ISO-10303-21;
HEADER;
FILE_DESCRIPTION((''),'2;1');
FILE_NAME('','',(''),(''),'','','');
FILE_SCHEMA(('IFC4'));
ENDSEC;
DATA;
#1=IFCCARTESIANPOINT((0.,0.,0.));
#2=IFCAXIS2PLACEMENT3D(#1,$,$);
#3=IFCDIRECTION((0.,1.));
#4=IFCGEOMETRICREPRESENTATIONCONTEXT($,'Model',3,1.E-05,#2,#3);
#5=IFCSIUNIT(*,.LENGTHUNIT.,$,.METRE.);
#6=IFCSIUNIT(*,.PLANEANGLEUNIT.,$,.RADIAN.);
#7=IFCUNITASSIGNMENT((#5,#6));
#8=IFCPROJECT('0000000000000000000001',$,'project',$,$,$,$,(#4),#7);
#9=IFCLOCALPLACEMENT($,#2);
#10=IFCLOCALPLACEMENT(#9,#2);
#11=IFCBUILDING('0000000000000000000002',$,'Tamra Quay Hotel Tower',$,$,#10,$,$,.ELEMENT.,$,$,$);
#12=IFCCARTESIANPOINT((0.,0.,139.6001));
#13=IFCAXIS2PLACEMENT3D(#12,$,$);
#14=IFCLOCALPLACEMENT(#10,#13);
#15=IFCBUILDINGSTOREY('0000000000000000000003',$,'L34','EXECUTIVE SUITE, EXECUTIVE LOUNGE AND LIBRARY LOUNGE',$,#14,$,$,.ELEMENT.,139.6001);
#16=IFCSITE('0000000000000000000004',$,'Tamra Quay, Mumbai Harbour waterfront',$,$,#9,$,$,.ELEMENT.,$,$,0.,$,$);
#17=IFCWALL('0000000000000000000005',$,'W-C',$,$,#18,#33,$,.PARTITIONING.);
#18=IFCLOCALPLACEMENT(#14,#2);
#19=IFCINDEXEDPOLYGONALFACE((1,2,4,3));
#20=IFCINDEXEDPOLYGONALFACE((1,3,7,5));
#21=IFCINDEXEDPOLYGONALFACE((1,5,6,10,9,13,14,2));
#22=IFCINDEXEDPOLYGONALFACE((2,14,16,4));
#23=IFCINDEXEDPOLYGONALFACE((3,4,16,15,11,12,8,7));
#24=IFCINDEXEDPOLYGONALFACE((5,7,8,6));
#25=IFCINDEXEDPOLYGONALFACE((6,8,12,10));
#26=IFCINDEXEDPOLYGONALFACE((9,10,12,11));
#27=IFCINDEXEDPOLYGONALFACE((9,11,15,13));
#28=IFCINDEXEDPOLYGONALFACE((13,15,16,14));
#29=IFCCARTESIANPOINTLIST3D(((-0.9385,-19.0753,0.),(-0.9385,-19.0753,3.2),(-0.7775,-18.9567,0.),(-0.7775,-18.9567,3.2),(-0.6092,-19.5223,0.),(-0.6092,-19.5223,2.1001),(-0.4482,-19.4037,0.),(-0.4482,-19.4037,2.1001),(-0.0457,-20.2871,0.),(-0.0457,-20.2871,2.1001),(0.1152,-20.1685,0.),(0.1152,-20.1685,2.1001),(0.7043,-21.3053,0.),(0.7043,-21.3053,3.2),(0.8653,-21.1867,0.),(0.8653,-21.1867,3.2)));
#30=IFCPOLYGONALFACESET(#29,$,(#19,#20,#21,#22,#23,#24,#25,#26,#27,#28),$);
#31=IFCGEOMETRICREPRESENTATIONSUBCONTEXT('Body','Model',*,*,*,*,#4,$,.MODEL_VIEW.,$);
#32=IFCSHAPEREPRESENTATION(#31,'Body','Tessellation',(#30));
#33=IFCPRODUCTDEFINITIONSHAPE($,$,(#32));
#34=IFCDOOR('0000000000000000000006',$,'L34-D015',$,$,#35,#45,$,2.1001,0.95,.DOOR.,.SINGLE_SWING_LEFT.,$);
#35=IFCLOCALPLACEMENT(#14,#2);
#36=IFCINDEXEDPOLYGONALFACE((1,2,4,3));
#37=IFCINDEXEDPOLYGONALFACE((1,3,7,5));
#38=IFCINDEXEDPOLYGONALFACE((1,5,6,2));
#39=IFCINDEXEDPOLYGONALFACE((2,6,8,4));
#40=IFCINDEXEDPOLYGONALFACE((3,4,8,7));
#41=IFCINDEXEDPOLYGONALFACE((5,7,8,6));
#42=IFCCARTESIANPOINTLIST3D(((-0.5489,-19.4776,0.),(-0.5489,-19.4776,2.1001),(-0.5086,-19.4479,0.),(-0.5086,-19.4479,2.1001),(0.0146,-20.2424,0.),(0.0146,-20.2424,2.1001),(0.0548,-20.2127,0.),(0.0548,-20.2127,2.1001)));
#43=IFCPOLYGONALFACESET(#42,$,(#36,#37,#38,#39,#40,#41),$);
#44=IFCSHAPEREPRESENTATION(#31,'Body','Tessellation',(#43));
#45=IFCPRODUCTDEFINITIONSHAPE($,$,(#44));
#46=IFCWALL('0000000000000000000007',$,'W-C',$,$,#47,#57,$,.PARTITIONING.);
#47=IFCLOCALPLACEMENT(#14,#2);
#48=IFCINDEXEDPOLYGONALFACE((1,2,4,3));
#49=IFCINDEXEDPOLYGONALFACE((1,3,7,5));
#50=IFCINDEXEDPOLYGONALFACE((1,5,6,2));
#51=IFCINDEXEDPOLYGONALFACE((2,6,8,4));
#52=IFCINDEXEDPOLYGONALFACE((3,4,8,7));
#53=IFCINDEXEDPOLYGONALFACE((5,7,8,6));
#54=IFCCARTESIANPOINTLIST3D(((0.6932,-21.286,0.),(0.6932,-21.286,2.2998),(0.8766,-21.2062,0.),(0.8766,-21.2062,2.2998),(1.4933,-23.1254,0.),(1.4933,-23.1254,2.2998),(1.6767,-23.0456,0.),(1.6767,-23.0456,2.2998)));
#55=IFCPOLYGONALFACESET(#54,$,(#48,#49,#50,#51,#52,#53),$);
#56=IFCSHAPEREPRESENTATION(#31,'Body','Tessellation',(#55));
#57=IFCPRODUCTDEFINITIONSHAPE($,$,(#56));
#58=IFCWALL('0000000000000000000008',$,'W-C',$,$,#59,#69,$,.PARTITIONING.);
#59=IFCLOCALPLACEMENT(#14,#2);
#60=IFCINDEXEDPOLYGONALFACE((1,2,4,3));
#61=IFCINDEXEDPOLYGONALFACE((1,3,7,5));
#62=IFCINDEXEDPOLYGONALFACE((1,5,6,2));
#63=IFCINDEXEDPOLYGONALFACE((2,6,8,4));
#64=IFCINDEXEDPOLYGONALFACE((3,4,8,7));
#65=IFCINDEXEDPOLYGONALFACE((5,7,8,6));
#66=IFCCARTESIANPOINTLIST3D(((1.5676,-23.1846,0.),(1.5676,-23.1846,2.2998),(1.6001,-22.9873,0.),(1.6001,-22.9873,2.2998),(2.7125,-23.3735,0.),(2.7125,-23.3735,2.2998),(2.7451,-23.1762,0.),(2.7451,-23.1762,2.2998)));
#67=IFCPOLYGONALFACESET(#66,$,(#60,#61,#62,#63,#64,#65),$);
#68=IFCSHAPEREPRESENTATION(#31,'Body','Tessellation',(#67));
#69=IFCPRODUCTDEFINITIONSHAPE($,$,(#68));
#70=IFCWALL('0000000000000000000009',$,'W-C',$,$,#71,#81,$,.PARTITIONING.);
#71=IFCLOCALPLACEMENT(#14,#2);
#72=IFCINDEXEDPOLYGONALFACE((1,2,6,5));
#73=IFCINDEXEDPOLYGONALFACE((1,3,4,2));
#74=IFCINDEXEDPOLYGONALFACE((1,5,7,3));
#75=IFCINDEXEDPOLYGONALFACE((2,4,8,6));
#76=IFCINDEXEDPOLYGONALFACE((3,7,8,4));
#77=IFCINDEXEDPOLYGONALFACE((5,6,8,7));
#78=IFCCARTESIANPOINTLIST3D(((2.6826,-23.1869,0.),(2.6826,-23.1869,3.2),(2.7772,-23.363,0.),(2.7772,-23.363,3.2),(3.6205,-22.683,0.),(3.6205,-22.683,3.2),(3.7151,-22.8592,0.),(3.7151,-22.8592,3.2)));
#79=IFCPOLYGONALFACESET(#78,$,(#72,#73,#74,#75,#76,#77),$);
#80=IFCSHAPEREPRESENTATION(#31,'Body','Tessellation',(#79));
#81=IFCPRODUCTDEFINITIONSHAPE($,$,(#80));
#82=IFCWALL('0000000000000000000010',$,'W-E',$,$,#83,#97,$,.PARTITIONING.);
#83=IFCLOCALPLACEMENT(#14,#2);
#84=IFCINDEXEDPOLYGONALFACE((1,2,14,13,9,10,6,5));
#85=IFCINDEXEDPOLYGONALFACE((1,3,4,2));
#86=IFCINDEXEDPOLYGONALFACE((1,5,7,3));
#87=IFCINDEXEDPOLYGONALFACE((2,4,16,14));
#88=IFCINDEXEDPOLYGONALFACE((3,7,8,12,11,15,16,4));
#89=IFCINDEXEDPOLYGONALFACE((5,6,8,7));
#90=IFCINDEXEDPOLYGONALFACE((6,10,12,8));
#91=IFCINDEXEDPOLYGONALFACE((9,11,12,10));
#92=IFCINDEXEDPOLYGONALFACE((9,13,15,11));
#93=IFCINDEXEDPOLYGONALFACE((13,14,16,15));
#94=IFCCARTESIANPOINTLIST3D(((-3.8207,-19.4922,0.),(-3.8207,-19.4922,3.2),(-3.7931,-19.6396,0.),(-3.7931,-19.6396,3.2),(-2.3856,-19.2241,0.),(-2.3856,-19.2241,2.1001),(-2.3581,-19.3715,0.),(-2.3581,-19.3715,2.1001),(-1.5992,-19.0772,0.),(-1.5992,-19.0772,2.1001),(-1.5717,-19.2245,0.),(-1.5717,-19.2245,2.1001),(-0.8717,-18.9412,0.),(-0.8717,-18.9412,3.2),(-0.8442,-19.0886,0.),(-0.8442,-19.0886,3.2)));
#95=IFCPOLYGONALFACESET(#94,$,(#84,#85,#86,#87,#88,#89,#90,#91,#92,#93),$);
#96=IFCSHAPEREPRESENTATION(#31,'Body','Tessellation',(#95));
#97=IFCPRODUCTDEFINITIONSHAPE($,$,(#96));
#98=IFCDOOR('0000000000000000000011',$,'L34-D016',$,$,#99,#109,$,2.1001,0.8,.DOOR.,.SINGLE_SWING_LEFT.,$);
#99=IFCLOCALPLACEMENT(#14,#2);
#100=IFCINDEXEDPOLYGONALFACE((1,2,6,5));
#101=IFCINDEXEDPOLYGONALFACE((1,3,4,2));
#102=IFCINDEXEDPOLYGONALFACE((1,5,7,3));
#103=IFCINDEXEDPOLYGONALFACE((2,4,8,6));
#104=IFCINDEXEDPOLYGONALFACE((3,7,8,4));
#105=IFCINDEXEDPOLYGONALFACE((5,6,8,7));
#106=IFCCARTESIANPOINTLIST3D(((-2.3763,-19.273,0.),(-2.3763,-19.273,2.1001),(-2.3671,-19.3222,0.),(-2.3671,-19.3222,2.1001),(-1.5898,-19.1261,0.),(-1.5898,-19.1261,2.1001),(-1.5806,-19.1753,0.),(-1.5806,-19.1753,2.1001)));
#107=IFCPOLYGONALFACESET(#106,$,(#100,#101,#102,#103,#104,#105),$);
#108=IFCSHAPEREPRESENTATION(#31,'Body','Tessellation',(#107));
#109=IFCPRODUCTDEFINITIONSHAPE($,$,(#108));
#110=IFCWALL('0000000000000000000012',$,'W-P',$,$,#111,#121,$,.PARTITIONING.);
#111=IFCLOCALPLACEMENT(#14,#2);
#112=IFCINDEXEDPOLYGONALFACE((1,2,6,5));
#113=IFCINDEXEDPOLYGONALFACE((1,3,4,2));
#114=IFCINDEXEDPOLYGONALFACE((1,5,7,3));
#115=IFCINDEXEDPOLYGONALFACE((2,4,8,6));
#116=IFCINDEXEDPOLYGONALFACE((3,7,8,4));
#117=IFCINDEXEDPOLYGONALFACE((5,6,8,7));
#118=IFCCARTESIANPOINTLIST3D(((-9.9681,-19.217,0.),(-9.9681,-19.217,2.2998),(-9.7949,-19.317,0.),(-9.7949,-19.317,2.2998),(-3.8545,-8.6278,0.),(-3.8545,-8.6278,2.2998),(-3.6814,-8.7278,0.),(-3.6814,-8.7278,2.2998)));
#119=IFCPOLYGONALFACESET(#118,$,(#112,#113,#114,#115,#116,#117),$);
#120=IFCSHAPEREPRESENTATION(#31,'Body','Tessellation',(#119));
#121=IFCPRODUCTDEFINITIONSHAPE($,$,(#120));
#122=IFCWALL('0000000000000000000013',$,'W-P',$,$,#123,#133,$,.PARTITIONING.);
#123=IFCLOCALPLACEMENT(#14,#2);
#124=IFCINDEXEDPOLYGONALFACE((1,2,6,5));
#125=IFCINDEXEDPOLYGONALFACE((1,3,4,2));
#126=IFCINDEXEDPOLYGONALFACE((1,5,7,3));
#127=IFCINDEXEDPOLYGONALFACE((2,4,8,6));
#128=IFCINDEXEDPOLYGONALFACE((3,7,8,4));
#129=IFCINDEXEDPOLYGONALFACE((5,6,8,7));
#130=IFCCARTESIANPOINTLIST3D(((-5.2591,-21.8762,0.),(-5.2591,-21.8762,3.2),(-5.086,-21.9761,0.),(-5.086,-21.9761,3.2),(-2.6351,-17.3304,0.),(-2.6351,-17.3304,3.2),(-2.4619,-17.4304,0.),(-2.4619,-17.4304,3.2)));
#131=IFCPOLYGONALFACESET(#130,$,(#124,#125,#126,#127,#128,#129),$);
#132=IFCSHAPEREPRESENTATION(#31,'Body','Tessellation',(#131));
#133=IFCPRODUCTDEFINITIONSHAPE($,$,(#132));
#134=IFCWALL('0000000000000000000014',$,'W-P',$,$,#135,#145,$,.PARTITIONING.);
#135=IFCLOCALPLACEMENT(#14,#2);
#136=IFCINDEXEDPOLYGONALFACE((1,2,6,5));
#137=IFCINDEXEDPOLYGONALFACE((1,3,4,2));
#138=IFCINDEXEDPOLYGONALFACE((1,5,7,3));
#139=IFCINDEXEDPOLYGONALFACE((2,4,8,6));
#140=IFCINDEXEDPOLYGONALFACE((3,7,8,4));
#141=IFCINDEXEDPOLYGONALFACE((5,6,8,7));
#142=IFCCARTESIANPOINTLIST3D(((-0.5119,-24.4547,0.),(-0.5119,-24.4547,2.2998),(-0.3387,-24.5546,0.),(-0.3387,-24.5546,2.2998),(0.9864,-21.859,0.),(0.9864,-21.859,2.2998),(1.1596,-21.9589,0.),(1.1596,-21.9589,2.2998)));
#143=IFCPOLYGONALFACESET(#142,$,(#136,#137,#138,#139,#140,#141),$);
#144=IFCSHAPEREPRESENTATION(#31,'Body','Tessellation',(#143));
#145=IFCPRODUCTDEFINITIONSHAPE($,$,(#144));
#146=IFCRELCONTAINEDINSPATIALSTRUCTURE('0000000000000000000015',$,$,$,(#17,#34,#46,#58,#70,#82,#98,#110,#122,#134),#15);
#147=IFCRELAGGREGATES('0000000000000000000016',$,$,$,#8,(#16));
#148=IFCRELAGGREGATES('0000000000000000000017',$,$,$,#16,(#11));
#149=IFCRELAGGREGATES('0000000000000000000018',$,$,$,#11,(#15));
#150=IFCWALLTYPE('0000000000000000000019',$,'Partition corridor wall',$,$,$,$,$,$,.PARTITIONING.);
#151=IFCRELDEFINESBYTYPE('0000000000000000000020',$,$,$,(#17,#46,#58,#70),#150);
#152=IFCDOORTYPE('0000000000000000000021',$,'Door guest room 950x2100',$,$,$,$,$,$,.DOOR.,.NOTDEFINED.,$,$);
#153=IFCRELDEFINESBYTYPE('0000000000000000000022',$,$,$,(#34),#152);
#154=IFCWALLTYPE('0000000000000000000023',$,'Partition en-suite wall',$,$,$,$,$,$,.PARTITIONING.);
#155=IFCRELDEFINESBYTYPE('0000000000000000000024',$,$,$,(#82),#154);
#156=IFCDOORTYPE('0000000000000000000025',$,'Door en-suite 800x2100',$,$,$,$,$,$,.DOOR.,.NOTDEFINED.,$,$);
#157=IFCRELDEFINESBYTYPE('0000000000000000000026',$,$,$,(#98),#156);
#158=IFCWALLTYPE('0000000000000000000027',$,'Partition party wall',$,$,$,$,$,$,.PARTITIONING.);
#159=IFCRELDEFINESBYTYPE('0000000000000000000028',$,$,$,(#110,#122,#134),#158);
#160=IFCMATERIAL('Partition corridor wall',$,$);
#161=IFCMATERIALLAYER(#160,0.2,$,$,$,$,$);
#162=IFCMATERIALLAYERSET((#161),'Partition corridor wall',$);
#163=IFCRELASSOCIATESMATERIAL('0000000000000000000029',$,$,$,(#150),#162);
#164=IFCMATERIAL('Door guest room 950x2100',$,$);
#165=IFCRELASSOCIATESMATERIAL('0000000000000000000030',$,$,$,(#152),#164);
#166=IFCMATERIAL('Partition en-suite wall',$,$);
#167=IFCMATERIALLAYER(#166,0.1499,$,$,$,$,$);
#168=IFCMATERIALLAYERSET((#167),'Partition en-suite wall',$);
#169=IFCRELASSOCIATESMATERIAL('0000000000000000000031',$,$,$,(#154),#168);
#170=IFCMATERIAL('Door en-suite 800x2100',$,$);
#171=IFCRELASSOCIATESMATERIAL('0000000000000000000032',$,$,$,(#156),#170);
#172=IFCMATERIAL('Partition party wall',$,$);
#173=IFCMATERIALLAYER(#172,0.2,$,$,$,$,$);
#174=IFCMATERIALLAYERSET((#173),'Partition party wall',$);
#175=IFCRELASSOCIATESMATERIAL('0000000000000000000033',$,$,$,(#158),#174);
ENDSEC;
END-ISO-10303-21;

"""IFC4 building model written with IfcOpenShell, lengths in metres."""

from ifc_helpers import new_model, si_unit, direction, frame, frame_2d, origin, place, context, subcontext, project, spatial, rectangle, extrude, material, layer, layer_set, type_object, element, fill, save


model = new_model("IFC4")

# Units and contexts
model_context = context("Model", 3, precision=1e-05, world=origin(), true_north=direction((0.0, 1.0)))
body_context = subcontext(model_context, "Body", "Model", "MODEL_VIEW")
ifc_project = project(units=[si_unit("LENGTHUNIT", "METRE"), si_unit("PLANEANGLEUNIT", "RADIAN")], contexts=[model_context])

# Site, building, storey
site_placement = place(None, origin())
site = spatial("IfcSite", under=ifc_project, at=site_placement, Name="Tamra Quay, Mumbai Harbour waterfront", CompositionType="ELEMENT", RefElevation=0.0)
building_placement = place(site_placement, origin())
building = spatial("IfcBuilding", under=site, at=building_placement, Name="Tamra Quay Hotel Tower", CompositionType="ELEMENT")
storey_placement = place(building_placement, frame((0.0, 0.0, 139.6001)))
storey = spatial("IfcBuildingStorey", under=building, at=storey_placement, Name="L34", Description="EXECUTIVE SUITE, EXECUTIVE LOUNGE AND LIBRARY LOUNGE", CompositionType="ELEMENT", Elevation=139.6001)

# Wall, opening, door
ifc_material_1 = material(Name="Partition corridor wall")
ifc_layer_1 = layer(ifc_material_1, 0.2)
ifc_layer_set_1 = layer_set([ifc_layer_1], Name="Partition corridor wall")
wall_type_1 = type_object("IfcWallType", Name="Partition corridor wall", PredefinedType="PARTITIONING", material=ifc_layer_set_1)
wall_1_placement = place(storey_placement, frame((-0.8579, -19.0161, 0.0), z_axis=(0.0, 0.0, 1.0), x_axis=(0.593124, -0.805111, 0.0)))
wall_1 = element("IfcWall", 1, at=wall_1_placement, inside=storey, type_object=wall_type_1, Name="W-C", PredefinedType="PARTITIONING", context=body_context, shape_type="SweptSolid", body=[
    extrude(rectangle(XDim=2.7698, YDim=0.2, at=frame_2d((1.3848, 0.0))), origin(), (0.0, 0.0, 1.0), 3.2),
])
opening_1_placement = place(wall_1_placement, frame((0.5549, 0.0, 0.0)))
opening_1 = element("IfcOpeningElement", 2, at=opening_1_placement, cuts=wall_1, PredefinedType="OPENING", context=body_context, shape_type="SweptSolid", body=[
    extrude(rectangle(XDim=0.95, YDim=2.1001, at=frame_2d((0.4751, 1.05))), frame((0.0, 0.1099, 0.0), z_axis=(0.0, -1.0, 0.0), x_axis=(1.0, 0.0, 0.0)), (0.0, 0.0, 1.0), 0.22),
])
ifc_material_2 = material(Name="Door guest room 950x2100")
door_type_1 = type_object("IfcDoorType", Name="Door guest room 950x2100", OperationType="NOTDEFINED", PredefinedType="DOOR", material=ifc_material_2)
door_1_placement = place(opening_1_placement, frame((0.95, 0.0, 0.0), z_axis=(0.0, 0.0, 1.0), x_axis=(-1.0, 0.0, 0.0)))
door_1 = element("IfcDoor", 3, at=door_1_placement, inside=storey, type_object=door_type_1, Name="L34-D015", OperationType="SINGLE_SWING_LEFT", OverallHeight=2.1001, OverallWidth=0.95, PredefinedType="DOOR", context=body_context, shape_type="SweptSolid", body=[
    extrude(rectangle(XDim=0.95, YDim=2.1001, at=frame_2d((0.4751, 1.05))), frame((0.0, 0.0249, 0.0), z_axis=(0.0, -1.0, 0.0), x_axis=(1.0, 0.0, 0.0)), (0.0, 0.0, 1.0), 0.05),
])
fill(opening_1, door_1)

# Walls
wall_2_placement = place(storey_placement, frame((0.7849, -21.2461, 0.0), z_axis=(0.0, 0.0, 1.0), x_axis=(0.398864, -0.91701, 0.0)))
element("IfcWall", 4, at=wall_2_placement, inside=storey, type_object=wall_type_1, Name="W-C", PredefinedType="PARTITIONING", context=body_context, shape_type="SweptSolid", body=[
    extrude(rectangle(XDim=2.0059, YDim=0.2, at=frame_2d((1.0029, 0.0))), origin(), (0.0, 0.0, 1.0), 2.2998),
])
wall_3_placement = place(storey_placement, frame((1.584, -23.0859, 0.0), z_axis=(0.0, 0.0, 1.0), x_axis=(0.986654, -0.16283, 0.0)))
element("IfcWall", 5, at=wall_3_placement, inside=storey, type_object=wall_type_1, Name="W-C", PredefinedType="PARTITIONING", context=body_context, shape_type="SweptSolid", body=[
    extrude(rectangle(XDim=1.1604, YDim=0.2, at=frame_2d((0.5801, 0.0))), origin(), (0.0, 0.0, 1.0), 2.2998),
])
wall_4_placement = place(storey_placement, frame((2.73, -23.2749, 0.0), z_axis=(0.0, 0.0, 1.0), x_axis=(0.880927, 0.473252, 0.0)))
element("IfcWall", 6, at=wall_4_placement, inside=storey, type_object=wall_type_1, Name="W-C", PredefinedType="PARTITIONING", context=body_context, shape_type="SweptSolid", body=[
    extrude(rectangle(XDim=1.0647, YDim=0.2, at=frame_2d((0.5322, 0.0))), origin(), (0.0, 0.0, 1.0), 3.2),
])

# Wall, opening, door
ifc_material_3 = material(Name="Partition en-suite wall")
ifc_layer_2 = layer(ifc_material_3, 0.1499)
ifc_layer_set_2 = layer_set([ifc_layer_2], Name="Partition en-suite wall")
wall_type_2 = type_object("IfcWallType", Name="Partition en-suite wall", PredefinedType="PARTITIONING", material=ifc_layer_set_2)
wall_5_placement = place(storey_placement, frame((-3.8069, -19.5659, 0.0), z_axis=(0.0, 0.0, 1.0), x_axis=(0.982987, 0.183674, 0.0)))
wall_5 = element("IfcWall", 7, at=wall_5_placement, inside=storey, type_object=wall_type_2, Name="W-E", PredefinedType="PARTITIONING", context=body_context, shape_type="SweptSolid", body=[
    extrude(rectangle(XDim=3.0, YDim=0.1499, at=frame_2d((1.5, 0.0))), origin(), (0.0, 0.0, 1.0), 3.2),
])
opening_2_placement = place(wall_5_placement, frame((1.46, 0.0, 0.0)))
opening_2 = element("IfcOpeningElement", 8, at=opening_2_placement, cuts=wall_5, PredefinedType="OPENING", context=body_context, shape_type="SweptSolid", body=[
    extrude(rectangle(XDim=0.8, YDim=2.1001, at=frame_2d((0.3999, 1.05))), frame((0.0, 0.085, 0.0), z_axis=(0.0, -1.0, 0.0), x_axis=(1.0, 0.0, 0.0)), (0.0, 0.0, 1.0), 0.1699),
])
ifc_material_4 = material(Name="Door en-suite 800x2100")
door_type_2 = type_object("IfcDoorType", Name="Door en-suite 800x2100", OperationType="NOTDEFINED", PredefinedType="DOOR", material=ifc_material_4)
door_2_placement = place(opening_2_placement, frame((0.8, 0.0, 0.0), z_axis=(0.0, 0.0, 1.0), x_axis=(-1.0, 0.0, 0.0)))
door_2 = element("IfcDoor", 9, at=door_2_placement, inside=storey, type_object=door_type_2, Name="L34-D016", OperationType="SINGLE_SWING_LEFT", OverallHeight=2.1001, OverallWidth=0.8, PredefinedType="DOOR", context=body_context, shape_type="SweptSolid", body=[
    extrude(rectangle(XDim=0.8, YDim=2.1001, at=frame_2d((0.3999, 1.05))), frame((0.0, 0.0249, 0.0), z_axis=(0.0, -1.0, 0.0), x_axis=(1.0, 0.0, 0.0)), (0.0, 0.0, 1.0), 0.05),
])
fill(opening_2, door_2)

# Walls
ifc_material_5 = material(Name="Partition party wall")
ifc_layer_3 = layer(ifc_material_5, 0.2)
ifc_layer_set_3 = layer_set([ifc_layer_3], Name="Partition party wall")
wall_type_3 = type_object("IfcWallType", Name="Partition party wall", PredefinedType="PARTITIONING", material=ifc_layer_set_3)
wall_6_placement = place(storey_placement, frame((-9.8816, -19.2671, 0.0), z_axis=(0.0, 0.0, 1.0), x_axis=(0.499994, 0.866029, 0.0)))
element("IfcWall", 10, at=wall_6_placement, inside=storey, type_object=wall_type_3, Name="W-P", PredefinedType="PARTITIONING", context=body_context, shape_type="SweptSolid", body=[
    extrude(rectangle(XDim=12.2273, YDim=0.2, at=frame_2d((6.1138, 0.0))), origin(), (0.0, 0.0, 1.0), 2.2998),
])
wall_7_placement = place(storey_placement, frame((-5.1726, -21.9263, 0.0), z_axis=(0.0, 0.0, 1.0), x_axis=(0.499941, 0.866059, 0.0)))
element("IfcWall", 11, at=wall_7_placement, inside=storey, type_object=wall_type_3, Name="W-P", PredefinedType="PARTITIONING", context=body_context, shape_type="SweptSolid", body=[
    extrude(rectangle(XDim=5.2488, YDim=0.2, at=frame_2d((2.6245, 0.0))), origin(), (0.0, 0.0, 1.0), 3.2),
])
wall_8_placement = place(storey_placement, frame((-0.4253, -24.5046, 0.0), z_axis=(0.0, 0.0, 1.0), x_axis=(0.499915, 0.866074, 0.0)))
element("IfcWall", 12, at=wall_8_placement, inside=storey, type_object=wall_type_3, Name="W-P", PredefinedType="PARTITIONING", context=body_context, shape_type="SweptSolid", body=[
    extrude(rectangle(XDim=2.9971, YDim=0.2, at=frame_2d((1.4985, 0.0))), origin(), (0.0, 0.0, 1.0), 2.2998),
])

save(model, "model.ifc")
